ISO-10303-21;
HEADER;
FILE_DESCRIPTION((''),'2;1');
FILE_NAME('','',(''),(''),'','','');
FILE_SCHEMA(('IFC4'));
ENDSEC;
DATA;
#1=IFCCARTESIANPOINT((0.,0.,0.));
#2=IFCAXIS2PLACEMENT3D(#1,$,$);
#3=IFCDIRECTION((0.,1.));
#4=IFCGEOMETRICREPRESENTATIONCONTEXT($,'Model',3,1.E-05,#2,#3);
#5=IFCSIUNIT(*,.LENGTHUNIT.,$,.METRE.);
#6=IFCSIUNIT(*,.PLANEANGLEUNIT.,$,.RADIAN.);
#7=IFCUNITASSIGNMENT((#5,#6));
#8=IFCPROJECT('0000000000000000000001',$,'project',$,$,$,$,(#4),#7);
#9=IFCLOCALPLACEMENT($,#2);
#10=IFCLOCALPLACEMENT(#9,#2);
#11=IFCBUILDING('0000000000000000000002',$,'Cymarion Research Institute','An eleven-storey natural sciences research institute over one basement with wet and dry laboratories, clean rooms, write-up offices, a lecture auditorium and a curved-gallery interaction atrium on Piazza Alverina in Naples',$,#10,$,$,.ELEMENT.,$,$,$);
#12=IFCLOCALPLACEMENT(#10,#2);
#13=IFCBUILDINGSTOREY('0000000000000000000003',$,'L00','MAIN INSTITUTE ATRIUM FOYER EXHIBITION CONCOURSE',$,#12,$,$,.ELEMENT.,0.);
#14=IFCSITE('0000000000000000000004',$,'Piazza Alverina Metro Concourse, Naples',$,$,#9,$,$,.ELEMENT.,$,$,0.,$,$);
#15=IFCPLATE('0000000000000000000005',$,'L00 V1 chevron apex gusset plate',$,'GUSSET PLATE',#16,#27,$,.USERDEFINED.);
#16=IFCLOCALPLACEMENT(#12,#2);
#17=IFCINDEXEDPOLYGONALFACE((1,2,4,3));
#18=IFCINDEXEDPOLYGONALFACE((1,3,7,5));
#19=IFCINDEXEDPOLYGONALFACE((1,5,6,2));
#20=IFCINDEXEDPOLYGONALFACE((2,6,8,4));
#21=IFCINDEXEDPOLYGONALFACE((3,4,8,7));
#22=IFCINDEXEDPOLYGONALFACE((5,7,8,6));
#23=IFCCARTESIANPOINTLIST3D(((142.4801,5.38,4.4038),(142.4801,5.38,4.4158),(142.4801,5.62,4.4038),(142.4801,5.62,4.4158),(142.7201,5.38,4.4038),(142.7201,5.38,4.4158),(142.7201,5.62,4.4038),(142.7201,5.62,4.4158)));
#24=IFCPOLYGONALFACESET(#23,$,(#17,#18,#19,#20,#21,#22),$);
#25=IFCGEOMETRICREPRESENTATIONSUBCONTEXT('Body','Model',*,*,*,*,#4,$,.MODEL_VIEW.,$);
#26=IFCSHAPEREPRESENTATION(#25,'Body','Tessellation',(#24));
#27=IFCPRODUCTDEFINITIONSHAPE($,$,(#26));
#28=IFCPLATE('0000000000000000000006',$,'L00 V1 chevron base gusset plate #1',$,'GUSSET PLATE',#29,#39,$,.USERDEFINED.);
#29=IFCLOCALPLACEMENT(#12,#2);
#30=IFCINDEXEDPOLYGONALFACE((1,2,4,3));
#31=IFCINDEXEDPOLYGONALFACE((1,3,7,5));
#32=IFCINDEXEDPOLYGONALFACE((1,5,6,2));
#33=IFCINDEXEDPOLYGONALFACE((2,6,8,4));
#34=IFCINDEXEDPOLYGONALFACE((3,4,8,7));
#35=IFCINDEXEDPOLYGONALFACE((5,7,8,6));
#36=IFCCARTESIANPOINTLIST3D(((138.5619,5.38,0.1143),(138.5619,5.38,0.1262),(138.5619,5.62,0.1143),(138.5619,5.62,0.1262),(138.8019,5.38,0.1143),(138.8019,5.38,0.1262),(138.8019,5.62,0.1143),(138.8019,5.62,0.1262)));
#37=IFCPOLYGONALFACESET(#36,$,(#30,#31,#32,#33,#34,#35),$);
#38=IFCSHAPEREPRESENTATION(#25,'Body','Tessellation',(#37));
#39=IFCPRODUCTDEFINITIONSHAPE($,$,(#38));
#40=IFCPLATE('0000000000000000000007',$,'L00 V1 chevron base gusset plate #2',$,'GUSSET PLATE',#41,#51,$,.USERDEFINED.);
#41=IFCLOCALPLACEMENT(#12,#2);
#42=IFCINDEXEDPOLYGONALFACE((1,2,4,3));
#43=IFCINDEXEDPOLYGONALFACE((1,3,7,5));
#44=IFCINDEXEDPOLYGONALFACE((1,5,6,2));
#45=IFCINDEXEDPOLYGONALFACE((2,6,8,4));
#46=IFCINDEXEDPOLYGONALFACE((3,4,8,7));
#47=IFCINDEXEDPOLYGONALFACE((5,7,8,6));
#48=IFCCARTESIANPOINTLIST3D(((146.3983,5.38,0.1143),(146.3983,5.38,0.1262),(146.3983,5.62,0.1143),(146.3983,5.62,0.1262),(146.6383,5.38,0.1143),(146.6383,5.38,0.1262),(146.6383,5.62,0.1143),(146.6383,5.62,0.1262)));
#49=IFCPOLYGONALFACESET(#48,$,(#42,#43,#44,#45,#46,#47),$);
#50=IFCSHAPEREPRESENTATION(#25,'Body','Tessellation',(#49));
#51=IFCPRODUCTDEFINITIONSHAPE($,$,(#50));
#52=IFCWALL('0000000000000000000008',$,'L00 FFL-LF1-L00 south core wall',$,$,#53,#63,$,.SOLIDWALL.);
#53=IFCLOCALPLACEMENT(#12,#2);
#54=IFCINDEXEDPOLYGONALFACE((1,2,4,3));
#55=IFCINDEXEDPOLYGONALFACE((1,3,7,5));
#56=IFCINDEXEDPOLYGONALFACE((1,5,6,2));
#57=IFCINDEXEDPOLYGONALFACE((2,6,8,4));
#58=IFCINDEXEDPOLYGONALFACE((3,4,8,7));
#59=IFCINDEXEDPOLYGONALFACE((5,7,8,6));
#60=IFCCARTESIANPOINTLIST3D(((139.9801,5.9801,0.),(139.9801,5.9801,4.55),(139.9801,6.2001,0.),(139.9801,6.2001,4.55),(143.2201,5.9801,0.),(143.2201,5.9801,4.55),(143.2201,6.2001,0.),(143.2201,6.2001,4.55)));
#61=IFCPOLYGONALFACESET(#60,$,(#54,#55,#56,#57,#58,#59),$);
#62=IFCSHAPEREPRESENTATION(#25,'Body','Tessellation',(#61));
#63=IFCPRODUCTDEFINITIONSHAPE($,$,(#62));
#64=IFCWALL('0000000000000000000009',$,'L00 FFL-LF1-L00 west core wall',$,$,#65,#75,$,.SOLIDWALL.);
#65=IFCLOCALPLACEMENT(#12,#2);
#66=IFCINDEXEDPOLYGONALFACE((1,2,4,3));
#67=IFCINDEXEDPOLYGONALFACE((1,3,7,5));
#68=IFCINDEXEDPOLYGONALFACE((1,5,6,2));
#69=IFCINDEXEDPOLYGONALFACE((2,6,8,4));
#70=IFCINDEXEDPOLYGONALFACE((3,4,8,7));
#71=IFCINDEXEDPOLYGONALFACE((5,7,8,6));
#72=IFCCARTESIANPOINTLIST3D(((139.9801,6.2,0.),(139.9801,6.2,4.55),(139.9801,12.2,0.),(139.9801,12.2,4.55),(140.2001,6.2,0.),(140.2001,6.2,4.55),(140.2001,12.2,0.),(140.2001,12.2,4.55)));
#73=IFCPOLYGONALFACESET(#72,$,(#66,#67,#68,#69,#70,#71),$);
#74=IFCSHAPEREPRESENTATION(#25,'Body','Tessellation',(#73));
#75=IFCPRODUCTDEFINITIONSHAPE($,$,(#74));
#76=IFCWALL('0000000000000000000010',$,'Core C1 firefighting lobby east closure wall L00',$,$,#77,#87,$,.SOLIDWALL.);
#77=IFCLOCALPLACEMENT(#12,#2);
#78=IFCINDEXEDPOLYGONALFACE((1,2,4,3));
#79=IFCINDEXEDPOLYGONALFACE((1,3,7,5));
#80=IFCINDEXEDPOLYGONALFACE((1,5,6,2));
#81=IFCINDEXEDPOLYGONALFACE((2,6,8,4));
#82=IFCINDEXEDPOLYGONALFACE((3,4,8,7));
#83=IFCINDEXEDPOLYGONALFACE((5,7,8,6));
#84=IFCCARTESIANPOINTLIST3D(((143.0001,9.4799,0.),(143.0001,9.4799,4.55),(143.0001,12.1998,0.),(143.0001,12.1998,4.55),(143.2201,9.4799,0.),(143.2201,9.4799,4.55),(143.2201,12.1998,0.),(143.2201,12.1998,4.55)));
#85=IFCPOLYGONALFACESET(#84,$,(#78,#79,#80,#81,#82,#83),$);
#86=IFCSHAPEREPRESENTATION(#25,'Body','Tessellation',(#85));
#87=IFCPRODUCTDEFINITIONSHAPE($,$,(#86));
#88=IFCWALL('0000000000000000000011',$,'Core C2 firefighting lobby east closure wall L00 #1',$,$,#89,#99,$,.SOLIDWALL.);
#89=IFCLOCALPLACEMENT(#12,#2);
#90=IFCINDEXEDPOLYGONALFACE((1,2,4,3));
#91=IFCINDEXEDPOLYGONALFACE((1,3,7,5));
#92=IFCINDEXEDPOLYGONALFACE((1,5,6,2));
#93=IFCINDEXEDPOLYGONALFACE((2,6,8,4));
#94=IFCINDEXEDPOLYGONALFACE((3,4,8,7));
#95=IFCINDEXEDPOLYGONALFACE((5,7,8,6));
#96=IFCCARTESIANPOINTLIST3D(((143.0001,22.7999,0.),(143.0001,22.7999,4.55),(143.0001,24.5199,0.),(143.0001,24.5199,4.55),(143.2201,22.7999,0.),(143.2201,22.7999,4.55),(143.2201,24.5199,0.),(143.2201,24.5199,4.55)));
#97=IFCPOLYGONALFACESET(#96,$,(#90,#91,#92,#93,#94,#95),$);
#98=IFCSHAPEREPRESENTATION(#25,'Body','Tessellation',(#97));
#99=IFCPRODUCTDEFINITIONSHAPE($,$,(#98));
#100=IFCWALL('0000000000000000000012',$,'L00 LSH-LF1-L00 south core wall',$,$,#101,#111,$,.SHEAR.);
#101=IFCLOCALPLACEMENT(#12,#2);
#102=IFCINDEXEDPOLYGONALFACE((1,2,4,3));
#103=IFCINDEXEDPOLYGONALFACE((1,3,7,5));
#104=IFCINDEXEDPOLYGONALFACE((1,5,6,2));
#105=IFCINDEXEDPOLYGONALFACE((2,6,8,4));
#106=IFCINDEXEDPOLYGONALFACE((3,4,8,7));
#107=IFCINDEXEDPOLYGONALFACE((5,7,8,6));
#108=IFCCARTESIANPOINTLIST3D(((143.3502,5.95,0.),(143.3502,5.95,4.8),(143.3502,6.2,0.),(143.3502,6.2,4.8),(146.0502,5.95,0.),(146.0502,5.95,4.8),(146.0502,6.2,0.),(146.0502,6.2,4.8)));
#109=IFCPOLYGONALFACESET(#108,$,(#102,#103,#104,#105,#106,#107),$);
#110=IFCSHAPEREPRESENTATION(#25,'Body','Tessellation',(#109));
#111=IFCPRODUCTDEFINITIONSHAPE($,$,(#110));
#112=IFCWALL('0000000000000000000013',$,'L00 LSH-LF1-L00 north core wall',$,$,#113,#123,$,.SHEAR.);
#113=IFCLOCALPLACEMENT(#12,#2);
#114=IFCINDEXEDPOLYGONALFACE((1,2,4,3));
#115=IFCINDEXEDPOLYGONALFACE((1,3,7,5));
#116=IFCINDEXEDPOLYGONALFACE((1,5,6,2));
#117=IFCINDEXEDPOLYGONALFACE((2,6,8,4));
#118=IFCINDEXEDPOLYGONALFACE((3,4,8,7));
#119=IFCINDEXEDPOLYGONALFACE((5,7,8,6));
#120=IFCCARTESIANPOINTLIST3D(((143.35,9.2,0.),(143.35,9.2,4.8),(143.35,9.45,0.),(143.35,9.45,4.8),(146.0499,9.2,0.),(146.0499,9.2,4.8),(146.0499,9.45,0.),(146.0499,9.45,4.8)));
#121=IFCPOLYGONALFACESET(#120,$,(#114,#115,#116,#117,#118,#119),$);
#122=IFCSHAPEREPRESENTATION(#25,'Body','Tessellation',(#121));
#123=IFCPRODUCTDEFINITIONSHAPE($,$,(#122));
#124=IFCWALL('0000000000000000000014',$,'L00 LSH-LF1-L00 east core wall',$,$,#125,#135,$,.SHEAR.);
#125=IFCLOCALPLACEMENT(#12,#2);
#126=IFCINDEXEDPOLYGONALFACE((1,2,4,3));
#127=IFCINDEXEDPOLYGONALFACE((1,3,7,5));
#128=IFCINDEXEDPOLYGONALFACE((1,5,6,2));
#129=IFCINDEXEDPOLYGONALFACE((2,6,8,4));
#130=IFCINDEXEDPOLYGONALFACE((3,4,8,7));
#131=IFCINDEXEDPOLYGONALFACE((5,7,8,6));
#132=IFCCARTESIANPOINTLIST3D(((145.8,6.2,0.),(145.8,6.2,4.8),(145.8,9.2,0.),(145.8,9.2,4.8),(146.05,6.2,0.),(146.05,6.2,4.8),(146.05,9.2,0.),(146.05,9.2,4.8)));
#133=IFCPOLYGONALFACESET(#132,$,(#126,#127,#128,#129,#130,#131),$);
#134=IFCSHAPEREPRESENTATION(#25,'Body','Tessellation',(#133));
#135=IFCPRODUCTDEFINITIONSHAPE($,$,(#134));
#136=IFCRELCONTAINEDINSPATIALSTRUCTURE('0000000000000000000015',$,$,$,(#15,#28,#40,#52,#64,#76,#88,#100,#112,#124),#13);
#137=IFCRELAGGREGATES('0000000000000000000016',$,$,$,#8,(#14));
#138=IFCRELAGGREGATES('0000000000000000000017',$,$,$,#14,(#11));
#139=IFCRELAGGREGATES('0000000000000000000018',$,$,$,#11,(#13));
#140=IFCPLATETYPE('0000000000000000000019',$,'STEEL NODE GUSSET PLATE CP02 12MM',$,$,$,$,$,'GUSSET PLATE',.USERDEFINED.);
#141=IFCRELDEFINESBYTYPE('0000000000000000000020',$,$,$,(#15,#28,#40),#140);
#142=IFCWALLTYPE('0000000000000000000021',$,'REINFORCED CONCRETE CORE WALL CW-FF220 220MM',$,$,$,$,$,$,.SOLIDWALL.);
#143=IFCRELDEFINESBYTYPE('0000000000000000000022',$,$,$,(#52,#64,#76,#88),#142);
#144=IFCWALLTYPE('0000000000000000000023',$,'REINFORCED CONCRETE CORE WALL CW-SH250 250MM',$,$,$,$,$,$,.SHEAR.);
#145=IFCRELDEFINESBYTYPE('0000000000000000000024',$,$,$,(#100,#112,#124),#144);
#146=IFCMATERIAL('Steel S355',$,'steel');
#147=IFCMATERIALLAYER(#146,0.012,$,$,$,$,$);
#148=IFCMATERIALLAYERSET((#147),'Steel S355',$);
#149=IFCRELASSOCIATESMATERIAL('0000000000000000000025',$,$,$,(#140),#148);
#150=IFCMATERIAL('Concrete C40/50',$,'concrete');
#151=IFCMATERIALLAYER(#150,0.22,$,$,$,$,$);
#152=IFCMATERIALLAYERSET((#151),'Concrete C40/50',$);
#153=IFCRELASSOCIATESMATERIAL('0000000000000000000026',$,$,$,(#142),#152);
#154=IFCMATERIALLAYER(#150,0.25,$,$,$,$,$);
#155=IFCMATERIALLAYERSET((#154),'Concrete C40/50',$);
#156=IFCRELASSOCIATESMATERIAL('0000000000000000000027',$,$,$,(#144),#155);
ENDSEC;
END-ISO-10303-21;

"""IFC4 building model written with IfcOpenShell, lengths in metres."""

from ifc_helpers import new_model, si_unit, direction, frame, frame_2d, origin, origin_2d, place, context, subcontext, project, spatial, rectangle, extrude, material, layer, layer_set, type_object, element, save


model = new_model("IFC4")

# Units and contexts
model_context = context("Model", 3, precision=1e-05, world=origin(), true_north=direction((0.0, 1.0)))
body_context = subcontext(model_context, "Body", "Model", "MODEL_VIEW")
ifc_project = project(units=[si_unit("LENGTHUNIT", "METRE"), si_unit("PLANEANGLEUNIT", "RADIAN")], contexts=[model_context])

# Site, building, storey
site_placement = place(None, origin())
site = spatial("IfcSite", under=ifc_project, at=site_placement, Name="Piazza Alverina Metro Concourse, Naples", CompositionType="ELEMENT", RefElevation=0.0)
building_placement = place(site_placement, origin())
building = spatial("IfcBuilding", under=site, at=building_placement, Name="Cymarion Research Institute", Description="An eleven-storey natural sciences research institute over one basement with wet and dry laboratories, clean rooms, write-up offices, a lecture auditorium and a curved-gallery interaction atrium on Piazza Alverina in Naples", CompositionType="ELEMENT")
storey_placement = place(building_placement, origin())
storey = spatial("IfcBuildingStorey", under=building, at=storey_placement, Name="L00", Description="MAIN INSTITUTE ATRIUM FOYER EXHIBITION CONCOURSE", CompositionType="ELEMENT", Elevation=0.0)

# Shared definitions
ifc_material_1 = material(Name="Steel S355", Category="steel")

# Plates
ifc_layer_1 = layer(ifc_material_1, 0.012)
ifc_layer_set_1 = layer_set([ifc_layer_1], Name="Steel S355")
plate_type = type_object("IfcPlateType", Name="STEEL NODE GUSSET PLATE CP02 12MM", ElementType="GUSSET PLATE", PredefinedType="USERDEFINED", material=ifc_layer_set_1)
for number, where, z_axis, x_axis, name in (
    (1, (142.6001, 5.5, 4.4038), (0.0, 0.0, 1.0), (1.0, 0.0, 0.0), "L00 V1 chevron apex gusset plate"),
    (2, (138.6819, 5.5, 0.1143), (0.0, 0.0, 1.0), (1.0, 0.0, 0.0), "L00 V1 chevron base gusset plate #1"),
    (3, (146.5183, 5.5, 0.1143), (0.0, 0.0, 1.0), (1.0, 0.0, 0.0), "L00 V1 chevron base gusset plate #2"),
):
    element("IfcPlate", number, at=place(storey_placement, frame(where, z_axis=z_axis, x_axis=x_axis)), inside=storey, type_object=plate_type, Name=name, ObjectType="GUSSET PLATE", PredefinedType="USERDEFINED", context=body_context, shape_type="SweptSolid", body=[
        extrude(rectangle(XDim=0.24, YDim=0.24, at=origin_2d()), origin(), (0.0, 0.0, 1.0), 0.012),
    ])

# Wall
ifc_material_2 = material(Name="Concrete C40/50", Category="concrete")
ifc_layer_2 = layer(ifc_material_2, 0.22)
ifc_layer_set_2 = layer_set([ifc_layer_2], Name="Concrete C40/50")
wall_type_1 = type_object("IfcWallType", Name="REINFORCED CONCRETE CORE WALL CW-FF220 220MM", PredefinedType="SOLIDWALL", material=ifc_layer_set_2)
wall_1_placement = place(storey_placement, frame((139.98, 6.0901, 0.0), z_axis=(0.0, 0.0, 1.0), x_axis=(1.0, 0.0, 0.0)))
element("IfcWall", 4, at=wall_1_placement, inside=storey, type_object=wall_type_1, Name="L00 FFL-LF1-L00 south core wall", PredefinedType="SOLIDWALL", context=body_context, shape_type="SweptSolid", body=[
    extrude(rectangle(XDim=3.24, YDim=0.22, at=frame_2d((1.6201, 0.0))), origin(), (0.0, 0.0, 1.0), 4.55),
])

# Walls
wall_2_placement = place(storey_placement, frame((140.0901, 12.2, 0.0), z_axis=(0.0, 0.0, 1.0), x_axis=(0.0, -1.0, 0.0)))
element("IfcWall", 5, at=wall_2_placement, inside=storey, type_object=wall_type_1, Name="L00 FFL-LF1-L00 west core wall", PredefinedType="SOLIDWALL", context=body_context, shape_type="SweptSolid", body=[
    extrude(rectangle(XDim=6.0, YDim=0.22, at=frame_2d((3.0, 0.0))), origin(), (0.0, 0.0, 1.0), 4.55),
])
wall_3_placement = place(storey_placement, frame((143.1101, 9.48, 0.0), z_axis=(0.0, 0.0, 1.0), x_axis=(0.0, 1.0, 0.0)))
element("IfcWall", 6, at=wall_3_placement, inside=storey, type_object=wall_type_1, Name="Core C1 firefighting lobby east closure wall L00", PredefinedType="SOLIDWALL", context=body_context, shape_type="SweptSolid", body=[
    extrude(rectangle(XDim=2.72, YDim=0.22, at=frame_2d((1.3599, 0.0))), origin(), (0.0, 0.0, 1.0), 4.55),
])

# Walls
wall_4_placement = place(storey_placement, frame((143.1101, 22.8, 0.0), z_axis=(0.0, 0.0, 1.0), x_axis=(0.0, 1.0, 0.0)))
element("IfcWall", 7, at=wall_4_placement, inside=storey, type_object=wall_type_1, Name="Core C2 firefighting lobby east closure wall L00 #1", PredefinedType="SOLIDWALL", context=body_context, shape_type="SweptSolid", body=[
    extrude(rectangle(XDim=1.72, YDim=0.22, at=frame_2d((0.8599, 0.0))), origin(), (0.0, 0.0, 1.0), 4.55),
])
ifc_layer_3 = layer(ifc_material_2, 0.25)
ifc_layer_set_3 = layer_set([ifc_layer_3], Name="Concrete C40/50")
wall_type_2 = type_object("IfcWallType", Name="REINFORCED CONCRETE CORE WALL CW-SH250 250MM", PredefinedType="SHEAR", material=ifc_layer_set_3)
for number, where, z_axis, x_axis, name in (
    (8, (143.3501, 6.075, 0.0), (0.0, 0.0, 1.0), (1.0, 0.0, 0.0), "L00 LSH-LF1-L00 south core wall"),
    (9, (146.05, 9.325, 0.0), (0.0, 0.0, 1.0), (-1.0, 0.0, 0.0), "L00 LSH-LF1-L00 north core wall"),
):
    element("IfcWall", number, at=place(storey_placement, frame(where, z_axis=z_axis, x_axis=x_axis)), inside=storey, type_object=wall_type_2, Name=name, PredefinedType="SHEAR", context=body_context, shape_type="SweptSolid", body=[
        extrude(rectangle(XDim=2.7, YDim=0.25, at=frame_2d((1.3501, 0.0))), origin(), (0.0, 0.0, 1.0), 4.8),
    ])

# Wall
wall_5_placement = place(storey_placement, frame((145.925, 6.2, 0.0), z_axis=(0.0, 0.0, 1.0), x_axis=(0.0, 1.0, 0.0)))
element("IfcWall", 10, at=wall_5_placement, inside=storey, type_object=wall_type_2, Name="L00 LSH-LF1-L00 east core wall", PredefinedType="SHEAR", context=body_context, shape_type="SweptSolid", body=[
    extrude(rectangle(XDim=3.0, YDim=0.25, at=frame_2d((1.5, 0.0))), origin(), (0.0, 0.0, 1.0), 4.8),
])

save(model, "model.ifc")
